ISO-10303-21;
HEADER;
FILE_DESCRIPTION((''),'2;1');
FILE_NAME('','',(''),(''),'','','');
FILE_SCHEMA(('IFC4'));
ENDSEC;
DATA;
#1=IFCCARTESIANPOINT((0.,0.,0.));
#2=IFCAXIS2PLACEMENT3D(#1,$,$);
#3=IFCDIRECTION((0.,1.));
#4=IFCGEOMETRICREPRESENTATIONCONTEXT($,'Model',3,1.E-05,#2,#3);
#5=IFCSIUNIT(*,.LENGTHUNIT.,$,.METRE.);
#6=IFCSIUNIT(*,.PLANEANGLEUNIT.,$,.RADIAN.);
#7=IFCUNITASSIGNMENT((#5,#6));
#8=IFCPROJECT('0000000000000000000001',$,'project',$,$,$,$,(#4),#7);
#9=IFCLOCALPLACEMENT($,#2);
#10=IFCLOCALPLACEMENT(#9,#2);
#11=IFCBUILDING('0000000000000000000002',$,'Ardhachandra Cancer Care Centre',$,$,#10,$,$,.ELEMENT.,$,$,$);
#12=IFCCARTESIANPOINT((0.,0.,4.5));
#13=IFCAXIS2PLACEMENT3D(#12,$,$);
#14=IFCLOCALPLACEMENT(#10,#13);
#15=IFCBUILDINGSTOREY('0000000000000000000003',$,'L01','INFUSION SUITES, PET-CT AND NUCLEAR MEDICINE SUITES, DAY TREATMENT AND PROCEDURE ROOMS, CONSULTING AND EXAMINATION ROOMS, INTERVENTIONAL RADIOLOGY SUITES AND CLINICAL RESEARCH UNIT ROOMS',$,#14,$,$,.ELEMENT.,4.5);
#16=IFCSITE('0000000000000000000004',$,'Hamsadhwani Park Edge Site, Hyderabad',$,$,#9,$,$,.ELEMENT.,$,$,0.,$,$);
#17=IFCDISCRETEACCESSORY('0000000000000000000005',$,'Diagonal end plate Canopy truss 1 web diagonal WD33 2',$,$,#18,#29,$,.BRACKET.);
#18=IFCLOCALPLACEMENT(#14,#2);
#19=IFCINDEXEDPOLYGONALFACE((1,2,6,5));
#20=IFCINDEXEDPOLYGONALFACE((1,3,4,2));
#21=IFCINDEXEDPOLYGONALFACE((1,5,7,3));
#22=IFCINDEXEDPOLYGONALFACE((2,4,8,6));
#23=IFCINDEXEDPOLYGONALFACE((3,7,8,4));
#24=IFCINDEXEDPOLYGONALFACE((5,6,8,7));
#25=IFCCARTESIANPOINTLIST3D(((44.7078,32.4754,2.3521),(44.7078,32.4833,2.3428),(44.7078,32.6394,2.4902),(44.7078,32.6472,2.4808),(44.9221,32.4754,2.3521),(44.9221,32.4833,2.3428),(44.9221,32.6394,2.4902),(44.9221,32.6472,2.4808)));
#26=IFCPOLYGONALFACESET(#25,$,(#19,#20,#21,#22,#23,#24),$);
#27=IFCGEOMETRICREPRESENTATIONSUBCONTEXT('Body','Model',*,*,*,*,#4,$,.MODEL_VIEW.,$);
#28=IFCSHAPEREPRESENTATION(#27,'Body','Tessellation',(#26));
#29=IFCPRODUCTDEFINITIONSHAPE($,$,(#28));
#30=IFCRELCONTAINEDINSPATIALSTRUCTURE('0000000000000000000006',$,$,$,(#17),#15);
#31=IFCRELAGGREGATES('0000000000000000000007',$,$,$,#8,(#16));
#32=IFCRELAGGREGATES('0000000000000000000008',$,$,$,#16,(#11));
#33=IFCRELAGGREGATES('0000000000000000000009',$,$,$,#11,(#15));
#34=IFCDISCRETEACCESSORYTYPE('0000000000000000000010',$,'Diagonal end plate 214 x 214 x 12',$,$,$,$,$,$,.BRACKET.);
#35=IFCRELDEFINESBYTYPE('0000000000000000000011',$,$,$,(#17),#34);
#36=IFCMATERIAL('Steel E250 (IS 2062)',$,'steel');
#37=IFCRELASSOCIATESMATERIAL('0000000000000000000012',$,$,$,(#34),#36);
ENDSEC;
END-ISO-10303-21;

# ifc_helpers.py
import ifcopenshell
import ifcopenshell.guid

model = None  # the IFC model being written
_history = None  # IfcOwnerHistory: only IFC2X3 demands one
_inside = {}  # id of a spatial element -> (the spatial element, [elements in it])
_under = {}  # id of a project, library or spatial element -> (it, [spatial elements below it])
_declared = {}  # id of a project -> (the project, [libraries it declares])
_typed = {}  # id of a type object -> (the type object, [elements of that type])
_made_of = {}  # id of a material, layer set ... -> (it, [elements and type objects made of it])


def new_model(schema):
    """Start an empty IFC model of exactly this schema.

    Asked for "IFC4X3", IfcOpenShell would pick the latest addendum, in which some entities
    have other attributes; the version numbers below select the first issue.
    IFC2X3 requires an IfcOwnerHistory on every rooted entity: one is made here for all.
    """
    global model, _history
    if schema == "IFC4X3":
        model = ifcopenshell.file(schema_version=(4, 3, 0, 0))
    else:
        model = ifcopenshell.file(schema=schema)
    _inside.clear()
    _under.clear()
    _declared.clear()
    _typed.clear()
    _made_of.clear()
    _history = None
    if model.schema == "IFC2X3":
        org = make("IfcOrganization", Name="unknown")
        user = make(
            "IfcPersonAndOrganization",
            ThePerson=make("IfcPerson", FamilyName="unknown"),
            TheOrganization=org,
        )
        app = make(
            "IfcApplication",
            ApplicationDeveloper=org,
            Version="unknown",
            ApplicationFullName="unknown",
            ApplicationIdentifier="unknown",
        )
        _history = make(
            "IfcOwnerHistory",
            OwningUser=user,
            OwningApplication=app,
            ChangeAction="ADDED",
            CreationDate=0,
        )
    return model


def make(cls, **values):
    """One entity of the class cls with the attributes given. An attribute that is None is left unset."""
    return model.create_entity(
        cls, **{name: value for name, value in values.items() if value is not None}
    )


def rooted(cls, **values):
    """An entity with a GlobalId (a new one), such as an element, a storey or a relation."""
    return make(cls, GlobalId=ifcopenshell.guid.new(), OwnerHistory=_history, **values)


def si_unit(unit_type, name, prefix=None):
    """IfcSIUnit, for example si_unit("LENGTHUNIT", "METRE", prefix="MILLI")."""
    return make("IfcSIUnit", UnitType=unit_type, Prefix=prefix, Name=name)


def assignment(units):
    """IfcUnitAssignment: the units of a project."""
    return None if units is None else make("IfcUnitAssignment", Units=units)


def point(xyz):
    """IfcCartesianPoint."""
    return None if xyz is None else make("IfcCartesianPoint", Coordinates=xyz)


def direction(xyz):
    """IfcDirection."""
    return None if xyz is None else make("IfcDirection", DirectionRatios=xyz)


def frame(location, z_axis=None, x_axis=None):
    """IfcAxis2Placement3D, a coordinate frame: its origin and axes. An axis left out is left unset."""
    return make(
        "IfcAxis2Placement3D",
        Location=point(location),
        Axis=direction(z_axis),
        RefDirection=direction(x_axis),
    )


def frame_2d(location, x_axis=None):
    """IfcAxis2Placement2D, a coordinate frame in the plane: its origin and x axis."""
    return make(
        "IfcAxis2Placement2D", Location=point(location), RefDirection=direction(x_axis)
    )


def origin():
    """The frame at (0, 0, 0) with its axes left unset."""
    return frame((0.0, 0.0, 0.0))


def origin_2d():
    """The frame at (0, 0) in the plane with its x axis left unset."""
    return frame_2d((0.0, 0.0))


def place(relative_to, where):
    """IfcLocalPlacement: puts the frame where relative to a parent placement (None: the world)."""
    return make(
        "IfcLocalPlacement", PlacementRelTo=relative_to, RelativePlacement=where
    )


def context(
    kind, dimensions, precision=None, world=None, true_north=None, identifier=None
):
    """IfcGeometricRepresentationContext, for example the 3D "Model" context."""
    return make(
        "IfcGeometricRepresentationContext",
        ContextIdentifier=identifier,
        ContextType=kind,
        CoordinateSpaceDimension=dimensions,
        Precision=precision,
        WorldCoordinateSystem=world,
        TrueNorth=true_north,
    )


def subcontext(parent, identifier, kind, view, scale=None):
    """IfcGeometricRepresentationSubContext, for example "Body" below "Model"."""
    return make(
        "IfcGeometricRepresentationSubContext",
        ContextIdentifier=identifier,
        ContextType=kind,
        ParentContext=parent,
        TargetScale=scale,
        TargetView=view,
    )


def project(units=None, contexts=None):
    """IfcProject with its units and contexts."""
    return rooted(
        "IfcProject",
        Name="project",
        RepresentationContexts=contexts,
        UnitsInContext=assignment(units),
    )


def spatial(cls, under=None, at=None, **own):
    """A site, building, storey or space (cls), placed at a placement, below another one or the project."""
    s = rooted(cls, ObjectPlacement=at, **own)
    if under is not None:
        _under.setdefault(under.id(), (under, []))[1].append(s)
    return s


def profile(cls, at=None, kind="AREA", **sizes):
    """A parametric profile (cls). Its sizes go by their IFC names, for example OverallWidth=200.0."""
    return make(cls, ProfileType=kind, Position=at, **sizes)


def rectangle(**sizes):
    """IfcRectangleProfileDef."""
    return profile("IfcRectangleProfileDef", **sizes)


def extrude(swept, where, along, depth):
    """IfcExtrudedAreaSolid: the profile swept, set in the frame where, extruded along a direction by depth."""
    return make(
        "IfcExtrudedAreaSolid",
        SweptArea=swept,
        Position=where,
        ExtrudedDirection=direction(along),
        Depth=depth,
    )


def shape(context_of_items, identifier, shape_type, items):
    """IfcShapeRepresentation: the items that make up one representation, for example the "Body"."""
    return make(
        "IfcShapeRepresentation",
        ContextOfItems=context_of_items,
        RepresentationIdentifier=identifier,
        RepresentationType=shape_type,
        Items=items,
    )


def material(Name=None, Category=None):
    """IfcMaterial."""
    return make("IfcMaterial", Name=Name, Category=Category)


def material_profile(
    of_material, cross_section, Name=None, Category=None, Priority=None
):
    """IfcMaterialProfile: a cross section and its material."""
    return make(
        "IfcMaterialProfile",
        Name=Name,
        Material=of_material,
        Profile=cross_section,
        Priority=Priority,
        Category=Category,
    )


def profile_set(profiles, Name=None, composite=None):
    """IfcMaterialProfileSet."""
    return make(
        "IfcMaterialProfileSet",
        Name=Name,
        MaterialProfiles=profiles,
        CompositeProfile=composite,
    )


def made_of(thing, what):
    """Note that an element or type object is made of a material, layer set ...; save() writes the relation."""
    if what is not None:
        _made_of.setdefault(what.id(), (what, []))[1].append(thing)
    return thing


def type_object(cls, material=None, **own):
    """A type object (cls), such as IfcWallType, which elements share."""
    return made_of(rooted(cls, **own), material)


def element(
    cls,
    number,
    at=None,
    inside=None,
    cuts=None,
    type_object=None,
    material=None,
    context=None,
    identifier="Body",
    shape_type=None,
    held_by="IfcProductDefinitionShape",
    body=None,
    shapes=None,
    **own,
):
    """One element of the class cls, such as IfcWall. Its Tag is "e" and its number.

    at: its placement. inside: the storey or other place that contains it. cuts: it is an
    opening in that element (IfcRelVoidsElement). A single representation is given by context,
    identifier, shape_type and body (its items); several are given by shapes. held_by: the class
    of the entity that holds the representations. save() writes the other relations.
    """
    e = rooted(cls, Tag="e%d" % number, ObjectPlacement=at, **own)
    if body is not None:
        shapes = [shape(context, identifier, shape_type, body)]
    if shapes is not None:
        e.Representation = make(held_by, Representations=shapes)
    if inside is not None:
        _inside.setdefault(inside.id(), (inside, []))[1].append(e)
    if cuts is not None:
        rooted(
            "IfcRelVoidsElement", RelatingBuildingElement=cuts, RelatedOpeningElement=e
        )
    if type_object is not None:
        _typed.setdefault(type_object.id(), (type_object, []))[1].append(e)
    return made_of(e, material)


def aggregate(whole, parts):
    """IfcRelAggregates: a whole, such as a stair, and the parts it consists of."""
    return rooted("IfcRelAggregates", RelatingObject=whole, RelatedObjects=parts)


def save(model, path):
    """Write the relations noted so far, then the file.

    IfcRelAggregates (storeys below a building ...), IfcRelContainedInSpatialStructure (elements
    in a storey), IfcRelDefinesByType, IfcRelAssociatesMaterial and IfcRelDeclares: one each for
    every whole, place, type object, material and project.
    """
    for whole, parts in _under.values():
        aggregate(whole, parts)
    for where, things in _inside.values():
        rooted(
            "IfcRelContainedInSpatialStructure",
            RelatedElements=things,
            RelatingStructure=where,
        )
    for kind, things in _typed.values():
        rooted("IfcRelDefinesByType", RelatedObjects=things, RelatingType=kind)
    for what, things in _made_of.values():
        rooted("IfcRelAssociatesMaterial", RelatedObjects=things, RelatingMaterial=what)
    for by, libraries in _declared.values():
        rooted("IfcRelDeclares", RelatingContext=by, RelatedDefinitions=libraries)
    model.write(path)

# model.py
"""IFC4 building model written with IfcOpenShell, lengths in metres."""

from ifc_helpers import new_model, si_unit, direction, frame, origin, origin_2d, place, context, subcontext, project, spatial, rectangle, extrude, material, material_profile, profile_set, type_object, element, save


model = new_model("IFC4")

# Units and contexts
model_context = context("Model", 3, precision=1e-05, world=origin(), true_north=direction((0.0, 1.0)))
body_context = subcontext(model_context, "Body", "Model", "MODEL_VIEW")
ifc_project = project(units=[si_unit("LENGTHUNIT", "METRE"), si_unit("PLANEANGLEUNIT", "RADIAN")], contexts=[model_context])

# Site, building, storey
site_placement = place(None, origin())
site = spatial("IfcSite", under=ifc_project, at=site_placement, Name="Hamsadhwani Park Edge Site, Hyderabad", CompositionType="ELEMENT", RefElevation=0.0)
building_placement = place(site_placement, origin())
building = spatial("IfcBuilding", under=site, at=building_placement, Name="Ardhachandra Cancer Care Centre", CompositionType="ELEMENT")
storey_placement = place(building_placement, frame((0.0, 0.0, 4.5)))
storey = spatial("IfcBuildingStorey", under=building, at=storey_placement, Name="L01", Description="INFUSION SUITES, PET-CT AND NUCLEAR MEDICINE SUITES, DAY TREATMENT AND PROCEDURE ROOMS, CONSULTING AND EXAMINATION ROOMS, INTERVENTIONAL RADIOLOGY SUITES AND CLINICAL RESEARCH UNIT ROOMS", CompositionType="ELEMENT", Elevation=4.5)

# Discrete accessory
ifc_material_1 = material(Name="Steel E250 (IS 2062)", Category="steel")
ifc_material_profile_1 = material_profile(ifc_material_1, rectangle(XDim=0.2144, YDim=0.2144, at=origin_2d()), Name="PL 214x214x12")
ifc_profile_set_1 = profile_set([ifc_material_profile_1], Name="Steel E250 (IS 2062)")
discrete_accessory_type = type_object("IfcDiscreteAccessoryType", Name="Diagonal end plate 214 x 214 x 12", PredefinedType="BRACKET", material=ifc_profile_set_1)
discrete_accessory_placement = place(storey_placement, frame((44.8149, 32.5574, 2.4211), z_axis=(0.0, 0.644136, -0.764911), x_axis=(-1.0, 0.0, 0.0)))
element("IfcDiscreteAccessory", 1, at=discrete_accessory_placement, inside=storey, type_object=discrete_accessory_type, Name="Diagonal end plate Canopy truss 1 web diagonal WD33 2", PredefinedType="BRACKET", context=body_context, shape_type="SweptSolid", body=[
    extrude(rectangle(XDim=0.2144, YDim=0.2144, at=origin_2d()), origin(), (0.0, 0.0, 1.0), 0.0122),
])

save(model, "model.ifc")
